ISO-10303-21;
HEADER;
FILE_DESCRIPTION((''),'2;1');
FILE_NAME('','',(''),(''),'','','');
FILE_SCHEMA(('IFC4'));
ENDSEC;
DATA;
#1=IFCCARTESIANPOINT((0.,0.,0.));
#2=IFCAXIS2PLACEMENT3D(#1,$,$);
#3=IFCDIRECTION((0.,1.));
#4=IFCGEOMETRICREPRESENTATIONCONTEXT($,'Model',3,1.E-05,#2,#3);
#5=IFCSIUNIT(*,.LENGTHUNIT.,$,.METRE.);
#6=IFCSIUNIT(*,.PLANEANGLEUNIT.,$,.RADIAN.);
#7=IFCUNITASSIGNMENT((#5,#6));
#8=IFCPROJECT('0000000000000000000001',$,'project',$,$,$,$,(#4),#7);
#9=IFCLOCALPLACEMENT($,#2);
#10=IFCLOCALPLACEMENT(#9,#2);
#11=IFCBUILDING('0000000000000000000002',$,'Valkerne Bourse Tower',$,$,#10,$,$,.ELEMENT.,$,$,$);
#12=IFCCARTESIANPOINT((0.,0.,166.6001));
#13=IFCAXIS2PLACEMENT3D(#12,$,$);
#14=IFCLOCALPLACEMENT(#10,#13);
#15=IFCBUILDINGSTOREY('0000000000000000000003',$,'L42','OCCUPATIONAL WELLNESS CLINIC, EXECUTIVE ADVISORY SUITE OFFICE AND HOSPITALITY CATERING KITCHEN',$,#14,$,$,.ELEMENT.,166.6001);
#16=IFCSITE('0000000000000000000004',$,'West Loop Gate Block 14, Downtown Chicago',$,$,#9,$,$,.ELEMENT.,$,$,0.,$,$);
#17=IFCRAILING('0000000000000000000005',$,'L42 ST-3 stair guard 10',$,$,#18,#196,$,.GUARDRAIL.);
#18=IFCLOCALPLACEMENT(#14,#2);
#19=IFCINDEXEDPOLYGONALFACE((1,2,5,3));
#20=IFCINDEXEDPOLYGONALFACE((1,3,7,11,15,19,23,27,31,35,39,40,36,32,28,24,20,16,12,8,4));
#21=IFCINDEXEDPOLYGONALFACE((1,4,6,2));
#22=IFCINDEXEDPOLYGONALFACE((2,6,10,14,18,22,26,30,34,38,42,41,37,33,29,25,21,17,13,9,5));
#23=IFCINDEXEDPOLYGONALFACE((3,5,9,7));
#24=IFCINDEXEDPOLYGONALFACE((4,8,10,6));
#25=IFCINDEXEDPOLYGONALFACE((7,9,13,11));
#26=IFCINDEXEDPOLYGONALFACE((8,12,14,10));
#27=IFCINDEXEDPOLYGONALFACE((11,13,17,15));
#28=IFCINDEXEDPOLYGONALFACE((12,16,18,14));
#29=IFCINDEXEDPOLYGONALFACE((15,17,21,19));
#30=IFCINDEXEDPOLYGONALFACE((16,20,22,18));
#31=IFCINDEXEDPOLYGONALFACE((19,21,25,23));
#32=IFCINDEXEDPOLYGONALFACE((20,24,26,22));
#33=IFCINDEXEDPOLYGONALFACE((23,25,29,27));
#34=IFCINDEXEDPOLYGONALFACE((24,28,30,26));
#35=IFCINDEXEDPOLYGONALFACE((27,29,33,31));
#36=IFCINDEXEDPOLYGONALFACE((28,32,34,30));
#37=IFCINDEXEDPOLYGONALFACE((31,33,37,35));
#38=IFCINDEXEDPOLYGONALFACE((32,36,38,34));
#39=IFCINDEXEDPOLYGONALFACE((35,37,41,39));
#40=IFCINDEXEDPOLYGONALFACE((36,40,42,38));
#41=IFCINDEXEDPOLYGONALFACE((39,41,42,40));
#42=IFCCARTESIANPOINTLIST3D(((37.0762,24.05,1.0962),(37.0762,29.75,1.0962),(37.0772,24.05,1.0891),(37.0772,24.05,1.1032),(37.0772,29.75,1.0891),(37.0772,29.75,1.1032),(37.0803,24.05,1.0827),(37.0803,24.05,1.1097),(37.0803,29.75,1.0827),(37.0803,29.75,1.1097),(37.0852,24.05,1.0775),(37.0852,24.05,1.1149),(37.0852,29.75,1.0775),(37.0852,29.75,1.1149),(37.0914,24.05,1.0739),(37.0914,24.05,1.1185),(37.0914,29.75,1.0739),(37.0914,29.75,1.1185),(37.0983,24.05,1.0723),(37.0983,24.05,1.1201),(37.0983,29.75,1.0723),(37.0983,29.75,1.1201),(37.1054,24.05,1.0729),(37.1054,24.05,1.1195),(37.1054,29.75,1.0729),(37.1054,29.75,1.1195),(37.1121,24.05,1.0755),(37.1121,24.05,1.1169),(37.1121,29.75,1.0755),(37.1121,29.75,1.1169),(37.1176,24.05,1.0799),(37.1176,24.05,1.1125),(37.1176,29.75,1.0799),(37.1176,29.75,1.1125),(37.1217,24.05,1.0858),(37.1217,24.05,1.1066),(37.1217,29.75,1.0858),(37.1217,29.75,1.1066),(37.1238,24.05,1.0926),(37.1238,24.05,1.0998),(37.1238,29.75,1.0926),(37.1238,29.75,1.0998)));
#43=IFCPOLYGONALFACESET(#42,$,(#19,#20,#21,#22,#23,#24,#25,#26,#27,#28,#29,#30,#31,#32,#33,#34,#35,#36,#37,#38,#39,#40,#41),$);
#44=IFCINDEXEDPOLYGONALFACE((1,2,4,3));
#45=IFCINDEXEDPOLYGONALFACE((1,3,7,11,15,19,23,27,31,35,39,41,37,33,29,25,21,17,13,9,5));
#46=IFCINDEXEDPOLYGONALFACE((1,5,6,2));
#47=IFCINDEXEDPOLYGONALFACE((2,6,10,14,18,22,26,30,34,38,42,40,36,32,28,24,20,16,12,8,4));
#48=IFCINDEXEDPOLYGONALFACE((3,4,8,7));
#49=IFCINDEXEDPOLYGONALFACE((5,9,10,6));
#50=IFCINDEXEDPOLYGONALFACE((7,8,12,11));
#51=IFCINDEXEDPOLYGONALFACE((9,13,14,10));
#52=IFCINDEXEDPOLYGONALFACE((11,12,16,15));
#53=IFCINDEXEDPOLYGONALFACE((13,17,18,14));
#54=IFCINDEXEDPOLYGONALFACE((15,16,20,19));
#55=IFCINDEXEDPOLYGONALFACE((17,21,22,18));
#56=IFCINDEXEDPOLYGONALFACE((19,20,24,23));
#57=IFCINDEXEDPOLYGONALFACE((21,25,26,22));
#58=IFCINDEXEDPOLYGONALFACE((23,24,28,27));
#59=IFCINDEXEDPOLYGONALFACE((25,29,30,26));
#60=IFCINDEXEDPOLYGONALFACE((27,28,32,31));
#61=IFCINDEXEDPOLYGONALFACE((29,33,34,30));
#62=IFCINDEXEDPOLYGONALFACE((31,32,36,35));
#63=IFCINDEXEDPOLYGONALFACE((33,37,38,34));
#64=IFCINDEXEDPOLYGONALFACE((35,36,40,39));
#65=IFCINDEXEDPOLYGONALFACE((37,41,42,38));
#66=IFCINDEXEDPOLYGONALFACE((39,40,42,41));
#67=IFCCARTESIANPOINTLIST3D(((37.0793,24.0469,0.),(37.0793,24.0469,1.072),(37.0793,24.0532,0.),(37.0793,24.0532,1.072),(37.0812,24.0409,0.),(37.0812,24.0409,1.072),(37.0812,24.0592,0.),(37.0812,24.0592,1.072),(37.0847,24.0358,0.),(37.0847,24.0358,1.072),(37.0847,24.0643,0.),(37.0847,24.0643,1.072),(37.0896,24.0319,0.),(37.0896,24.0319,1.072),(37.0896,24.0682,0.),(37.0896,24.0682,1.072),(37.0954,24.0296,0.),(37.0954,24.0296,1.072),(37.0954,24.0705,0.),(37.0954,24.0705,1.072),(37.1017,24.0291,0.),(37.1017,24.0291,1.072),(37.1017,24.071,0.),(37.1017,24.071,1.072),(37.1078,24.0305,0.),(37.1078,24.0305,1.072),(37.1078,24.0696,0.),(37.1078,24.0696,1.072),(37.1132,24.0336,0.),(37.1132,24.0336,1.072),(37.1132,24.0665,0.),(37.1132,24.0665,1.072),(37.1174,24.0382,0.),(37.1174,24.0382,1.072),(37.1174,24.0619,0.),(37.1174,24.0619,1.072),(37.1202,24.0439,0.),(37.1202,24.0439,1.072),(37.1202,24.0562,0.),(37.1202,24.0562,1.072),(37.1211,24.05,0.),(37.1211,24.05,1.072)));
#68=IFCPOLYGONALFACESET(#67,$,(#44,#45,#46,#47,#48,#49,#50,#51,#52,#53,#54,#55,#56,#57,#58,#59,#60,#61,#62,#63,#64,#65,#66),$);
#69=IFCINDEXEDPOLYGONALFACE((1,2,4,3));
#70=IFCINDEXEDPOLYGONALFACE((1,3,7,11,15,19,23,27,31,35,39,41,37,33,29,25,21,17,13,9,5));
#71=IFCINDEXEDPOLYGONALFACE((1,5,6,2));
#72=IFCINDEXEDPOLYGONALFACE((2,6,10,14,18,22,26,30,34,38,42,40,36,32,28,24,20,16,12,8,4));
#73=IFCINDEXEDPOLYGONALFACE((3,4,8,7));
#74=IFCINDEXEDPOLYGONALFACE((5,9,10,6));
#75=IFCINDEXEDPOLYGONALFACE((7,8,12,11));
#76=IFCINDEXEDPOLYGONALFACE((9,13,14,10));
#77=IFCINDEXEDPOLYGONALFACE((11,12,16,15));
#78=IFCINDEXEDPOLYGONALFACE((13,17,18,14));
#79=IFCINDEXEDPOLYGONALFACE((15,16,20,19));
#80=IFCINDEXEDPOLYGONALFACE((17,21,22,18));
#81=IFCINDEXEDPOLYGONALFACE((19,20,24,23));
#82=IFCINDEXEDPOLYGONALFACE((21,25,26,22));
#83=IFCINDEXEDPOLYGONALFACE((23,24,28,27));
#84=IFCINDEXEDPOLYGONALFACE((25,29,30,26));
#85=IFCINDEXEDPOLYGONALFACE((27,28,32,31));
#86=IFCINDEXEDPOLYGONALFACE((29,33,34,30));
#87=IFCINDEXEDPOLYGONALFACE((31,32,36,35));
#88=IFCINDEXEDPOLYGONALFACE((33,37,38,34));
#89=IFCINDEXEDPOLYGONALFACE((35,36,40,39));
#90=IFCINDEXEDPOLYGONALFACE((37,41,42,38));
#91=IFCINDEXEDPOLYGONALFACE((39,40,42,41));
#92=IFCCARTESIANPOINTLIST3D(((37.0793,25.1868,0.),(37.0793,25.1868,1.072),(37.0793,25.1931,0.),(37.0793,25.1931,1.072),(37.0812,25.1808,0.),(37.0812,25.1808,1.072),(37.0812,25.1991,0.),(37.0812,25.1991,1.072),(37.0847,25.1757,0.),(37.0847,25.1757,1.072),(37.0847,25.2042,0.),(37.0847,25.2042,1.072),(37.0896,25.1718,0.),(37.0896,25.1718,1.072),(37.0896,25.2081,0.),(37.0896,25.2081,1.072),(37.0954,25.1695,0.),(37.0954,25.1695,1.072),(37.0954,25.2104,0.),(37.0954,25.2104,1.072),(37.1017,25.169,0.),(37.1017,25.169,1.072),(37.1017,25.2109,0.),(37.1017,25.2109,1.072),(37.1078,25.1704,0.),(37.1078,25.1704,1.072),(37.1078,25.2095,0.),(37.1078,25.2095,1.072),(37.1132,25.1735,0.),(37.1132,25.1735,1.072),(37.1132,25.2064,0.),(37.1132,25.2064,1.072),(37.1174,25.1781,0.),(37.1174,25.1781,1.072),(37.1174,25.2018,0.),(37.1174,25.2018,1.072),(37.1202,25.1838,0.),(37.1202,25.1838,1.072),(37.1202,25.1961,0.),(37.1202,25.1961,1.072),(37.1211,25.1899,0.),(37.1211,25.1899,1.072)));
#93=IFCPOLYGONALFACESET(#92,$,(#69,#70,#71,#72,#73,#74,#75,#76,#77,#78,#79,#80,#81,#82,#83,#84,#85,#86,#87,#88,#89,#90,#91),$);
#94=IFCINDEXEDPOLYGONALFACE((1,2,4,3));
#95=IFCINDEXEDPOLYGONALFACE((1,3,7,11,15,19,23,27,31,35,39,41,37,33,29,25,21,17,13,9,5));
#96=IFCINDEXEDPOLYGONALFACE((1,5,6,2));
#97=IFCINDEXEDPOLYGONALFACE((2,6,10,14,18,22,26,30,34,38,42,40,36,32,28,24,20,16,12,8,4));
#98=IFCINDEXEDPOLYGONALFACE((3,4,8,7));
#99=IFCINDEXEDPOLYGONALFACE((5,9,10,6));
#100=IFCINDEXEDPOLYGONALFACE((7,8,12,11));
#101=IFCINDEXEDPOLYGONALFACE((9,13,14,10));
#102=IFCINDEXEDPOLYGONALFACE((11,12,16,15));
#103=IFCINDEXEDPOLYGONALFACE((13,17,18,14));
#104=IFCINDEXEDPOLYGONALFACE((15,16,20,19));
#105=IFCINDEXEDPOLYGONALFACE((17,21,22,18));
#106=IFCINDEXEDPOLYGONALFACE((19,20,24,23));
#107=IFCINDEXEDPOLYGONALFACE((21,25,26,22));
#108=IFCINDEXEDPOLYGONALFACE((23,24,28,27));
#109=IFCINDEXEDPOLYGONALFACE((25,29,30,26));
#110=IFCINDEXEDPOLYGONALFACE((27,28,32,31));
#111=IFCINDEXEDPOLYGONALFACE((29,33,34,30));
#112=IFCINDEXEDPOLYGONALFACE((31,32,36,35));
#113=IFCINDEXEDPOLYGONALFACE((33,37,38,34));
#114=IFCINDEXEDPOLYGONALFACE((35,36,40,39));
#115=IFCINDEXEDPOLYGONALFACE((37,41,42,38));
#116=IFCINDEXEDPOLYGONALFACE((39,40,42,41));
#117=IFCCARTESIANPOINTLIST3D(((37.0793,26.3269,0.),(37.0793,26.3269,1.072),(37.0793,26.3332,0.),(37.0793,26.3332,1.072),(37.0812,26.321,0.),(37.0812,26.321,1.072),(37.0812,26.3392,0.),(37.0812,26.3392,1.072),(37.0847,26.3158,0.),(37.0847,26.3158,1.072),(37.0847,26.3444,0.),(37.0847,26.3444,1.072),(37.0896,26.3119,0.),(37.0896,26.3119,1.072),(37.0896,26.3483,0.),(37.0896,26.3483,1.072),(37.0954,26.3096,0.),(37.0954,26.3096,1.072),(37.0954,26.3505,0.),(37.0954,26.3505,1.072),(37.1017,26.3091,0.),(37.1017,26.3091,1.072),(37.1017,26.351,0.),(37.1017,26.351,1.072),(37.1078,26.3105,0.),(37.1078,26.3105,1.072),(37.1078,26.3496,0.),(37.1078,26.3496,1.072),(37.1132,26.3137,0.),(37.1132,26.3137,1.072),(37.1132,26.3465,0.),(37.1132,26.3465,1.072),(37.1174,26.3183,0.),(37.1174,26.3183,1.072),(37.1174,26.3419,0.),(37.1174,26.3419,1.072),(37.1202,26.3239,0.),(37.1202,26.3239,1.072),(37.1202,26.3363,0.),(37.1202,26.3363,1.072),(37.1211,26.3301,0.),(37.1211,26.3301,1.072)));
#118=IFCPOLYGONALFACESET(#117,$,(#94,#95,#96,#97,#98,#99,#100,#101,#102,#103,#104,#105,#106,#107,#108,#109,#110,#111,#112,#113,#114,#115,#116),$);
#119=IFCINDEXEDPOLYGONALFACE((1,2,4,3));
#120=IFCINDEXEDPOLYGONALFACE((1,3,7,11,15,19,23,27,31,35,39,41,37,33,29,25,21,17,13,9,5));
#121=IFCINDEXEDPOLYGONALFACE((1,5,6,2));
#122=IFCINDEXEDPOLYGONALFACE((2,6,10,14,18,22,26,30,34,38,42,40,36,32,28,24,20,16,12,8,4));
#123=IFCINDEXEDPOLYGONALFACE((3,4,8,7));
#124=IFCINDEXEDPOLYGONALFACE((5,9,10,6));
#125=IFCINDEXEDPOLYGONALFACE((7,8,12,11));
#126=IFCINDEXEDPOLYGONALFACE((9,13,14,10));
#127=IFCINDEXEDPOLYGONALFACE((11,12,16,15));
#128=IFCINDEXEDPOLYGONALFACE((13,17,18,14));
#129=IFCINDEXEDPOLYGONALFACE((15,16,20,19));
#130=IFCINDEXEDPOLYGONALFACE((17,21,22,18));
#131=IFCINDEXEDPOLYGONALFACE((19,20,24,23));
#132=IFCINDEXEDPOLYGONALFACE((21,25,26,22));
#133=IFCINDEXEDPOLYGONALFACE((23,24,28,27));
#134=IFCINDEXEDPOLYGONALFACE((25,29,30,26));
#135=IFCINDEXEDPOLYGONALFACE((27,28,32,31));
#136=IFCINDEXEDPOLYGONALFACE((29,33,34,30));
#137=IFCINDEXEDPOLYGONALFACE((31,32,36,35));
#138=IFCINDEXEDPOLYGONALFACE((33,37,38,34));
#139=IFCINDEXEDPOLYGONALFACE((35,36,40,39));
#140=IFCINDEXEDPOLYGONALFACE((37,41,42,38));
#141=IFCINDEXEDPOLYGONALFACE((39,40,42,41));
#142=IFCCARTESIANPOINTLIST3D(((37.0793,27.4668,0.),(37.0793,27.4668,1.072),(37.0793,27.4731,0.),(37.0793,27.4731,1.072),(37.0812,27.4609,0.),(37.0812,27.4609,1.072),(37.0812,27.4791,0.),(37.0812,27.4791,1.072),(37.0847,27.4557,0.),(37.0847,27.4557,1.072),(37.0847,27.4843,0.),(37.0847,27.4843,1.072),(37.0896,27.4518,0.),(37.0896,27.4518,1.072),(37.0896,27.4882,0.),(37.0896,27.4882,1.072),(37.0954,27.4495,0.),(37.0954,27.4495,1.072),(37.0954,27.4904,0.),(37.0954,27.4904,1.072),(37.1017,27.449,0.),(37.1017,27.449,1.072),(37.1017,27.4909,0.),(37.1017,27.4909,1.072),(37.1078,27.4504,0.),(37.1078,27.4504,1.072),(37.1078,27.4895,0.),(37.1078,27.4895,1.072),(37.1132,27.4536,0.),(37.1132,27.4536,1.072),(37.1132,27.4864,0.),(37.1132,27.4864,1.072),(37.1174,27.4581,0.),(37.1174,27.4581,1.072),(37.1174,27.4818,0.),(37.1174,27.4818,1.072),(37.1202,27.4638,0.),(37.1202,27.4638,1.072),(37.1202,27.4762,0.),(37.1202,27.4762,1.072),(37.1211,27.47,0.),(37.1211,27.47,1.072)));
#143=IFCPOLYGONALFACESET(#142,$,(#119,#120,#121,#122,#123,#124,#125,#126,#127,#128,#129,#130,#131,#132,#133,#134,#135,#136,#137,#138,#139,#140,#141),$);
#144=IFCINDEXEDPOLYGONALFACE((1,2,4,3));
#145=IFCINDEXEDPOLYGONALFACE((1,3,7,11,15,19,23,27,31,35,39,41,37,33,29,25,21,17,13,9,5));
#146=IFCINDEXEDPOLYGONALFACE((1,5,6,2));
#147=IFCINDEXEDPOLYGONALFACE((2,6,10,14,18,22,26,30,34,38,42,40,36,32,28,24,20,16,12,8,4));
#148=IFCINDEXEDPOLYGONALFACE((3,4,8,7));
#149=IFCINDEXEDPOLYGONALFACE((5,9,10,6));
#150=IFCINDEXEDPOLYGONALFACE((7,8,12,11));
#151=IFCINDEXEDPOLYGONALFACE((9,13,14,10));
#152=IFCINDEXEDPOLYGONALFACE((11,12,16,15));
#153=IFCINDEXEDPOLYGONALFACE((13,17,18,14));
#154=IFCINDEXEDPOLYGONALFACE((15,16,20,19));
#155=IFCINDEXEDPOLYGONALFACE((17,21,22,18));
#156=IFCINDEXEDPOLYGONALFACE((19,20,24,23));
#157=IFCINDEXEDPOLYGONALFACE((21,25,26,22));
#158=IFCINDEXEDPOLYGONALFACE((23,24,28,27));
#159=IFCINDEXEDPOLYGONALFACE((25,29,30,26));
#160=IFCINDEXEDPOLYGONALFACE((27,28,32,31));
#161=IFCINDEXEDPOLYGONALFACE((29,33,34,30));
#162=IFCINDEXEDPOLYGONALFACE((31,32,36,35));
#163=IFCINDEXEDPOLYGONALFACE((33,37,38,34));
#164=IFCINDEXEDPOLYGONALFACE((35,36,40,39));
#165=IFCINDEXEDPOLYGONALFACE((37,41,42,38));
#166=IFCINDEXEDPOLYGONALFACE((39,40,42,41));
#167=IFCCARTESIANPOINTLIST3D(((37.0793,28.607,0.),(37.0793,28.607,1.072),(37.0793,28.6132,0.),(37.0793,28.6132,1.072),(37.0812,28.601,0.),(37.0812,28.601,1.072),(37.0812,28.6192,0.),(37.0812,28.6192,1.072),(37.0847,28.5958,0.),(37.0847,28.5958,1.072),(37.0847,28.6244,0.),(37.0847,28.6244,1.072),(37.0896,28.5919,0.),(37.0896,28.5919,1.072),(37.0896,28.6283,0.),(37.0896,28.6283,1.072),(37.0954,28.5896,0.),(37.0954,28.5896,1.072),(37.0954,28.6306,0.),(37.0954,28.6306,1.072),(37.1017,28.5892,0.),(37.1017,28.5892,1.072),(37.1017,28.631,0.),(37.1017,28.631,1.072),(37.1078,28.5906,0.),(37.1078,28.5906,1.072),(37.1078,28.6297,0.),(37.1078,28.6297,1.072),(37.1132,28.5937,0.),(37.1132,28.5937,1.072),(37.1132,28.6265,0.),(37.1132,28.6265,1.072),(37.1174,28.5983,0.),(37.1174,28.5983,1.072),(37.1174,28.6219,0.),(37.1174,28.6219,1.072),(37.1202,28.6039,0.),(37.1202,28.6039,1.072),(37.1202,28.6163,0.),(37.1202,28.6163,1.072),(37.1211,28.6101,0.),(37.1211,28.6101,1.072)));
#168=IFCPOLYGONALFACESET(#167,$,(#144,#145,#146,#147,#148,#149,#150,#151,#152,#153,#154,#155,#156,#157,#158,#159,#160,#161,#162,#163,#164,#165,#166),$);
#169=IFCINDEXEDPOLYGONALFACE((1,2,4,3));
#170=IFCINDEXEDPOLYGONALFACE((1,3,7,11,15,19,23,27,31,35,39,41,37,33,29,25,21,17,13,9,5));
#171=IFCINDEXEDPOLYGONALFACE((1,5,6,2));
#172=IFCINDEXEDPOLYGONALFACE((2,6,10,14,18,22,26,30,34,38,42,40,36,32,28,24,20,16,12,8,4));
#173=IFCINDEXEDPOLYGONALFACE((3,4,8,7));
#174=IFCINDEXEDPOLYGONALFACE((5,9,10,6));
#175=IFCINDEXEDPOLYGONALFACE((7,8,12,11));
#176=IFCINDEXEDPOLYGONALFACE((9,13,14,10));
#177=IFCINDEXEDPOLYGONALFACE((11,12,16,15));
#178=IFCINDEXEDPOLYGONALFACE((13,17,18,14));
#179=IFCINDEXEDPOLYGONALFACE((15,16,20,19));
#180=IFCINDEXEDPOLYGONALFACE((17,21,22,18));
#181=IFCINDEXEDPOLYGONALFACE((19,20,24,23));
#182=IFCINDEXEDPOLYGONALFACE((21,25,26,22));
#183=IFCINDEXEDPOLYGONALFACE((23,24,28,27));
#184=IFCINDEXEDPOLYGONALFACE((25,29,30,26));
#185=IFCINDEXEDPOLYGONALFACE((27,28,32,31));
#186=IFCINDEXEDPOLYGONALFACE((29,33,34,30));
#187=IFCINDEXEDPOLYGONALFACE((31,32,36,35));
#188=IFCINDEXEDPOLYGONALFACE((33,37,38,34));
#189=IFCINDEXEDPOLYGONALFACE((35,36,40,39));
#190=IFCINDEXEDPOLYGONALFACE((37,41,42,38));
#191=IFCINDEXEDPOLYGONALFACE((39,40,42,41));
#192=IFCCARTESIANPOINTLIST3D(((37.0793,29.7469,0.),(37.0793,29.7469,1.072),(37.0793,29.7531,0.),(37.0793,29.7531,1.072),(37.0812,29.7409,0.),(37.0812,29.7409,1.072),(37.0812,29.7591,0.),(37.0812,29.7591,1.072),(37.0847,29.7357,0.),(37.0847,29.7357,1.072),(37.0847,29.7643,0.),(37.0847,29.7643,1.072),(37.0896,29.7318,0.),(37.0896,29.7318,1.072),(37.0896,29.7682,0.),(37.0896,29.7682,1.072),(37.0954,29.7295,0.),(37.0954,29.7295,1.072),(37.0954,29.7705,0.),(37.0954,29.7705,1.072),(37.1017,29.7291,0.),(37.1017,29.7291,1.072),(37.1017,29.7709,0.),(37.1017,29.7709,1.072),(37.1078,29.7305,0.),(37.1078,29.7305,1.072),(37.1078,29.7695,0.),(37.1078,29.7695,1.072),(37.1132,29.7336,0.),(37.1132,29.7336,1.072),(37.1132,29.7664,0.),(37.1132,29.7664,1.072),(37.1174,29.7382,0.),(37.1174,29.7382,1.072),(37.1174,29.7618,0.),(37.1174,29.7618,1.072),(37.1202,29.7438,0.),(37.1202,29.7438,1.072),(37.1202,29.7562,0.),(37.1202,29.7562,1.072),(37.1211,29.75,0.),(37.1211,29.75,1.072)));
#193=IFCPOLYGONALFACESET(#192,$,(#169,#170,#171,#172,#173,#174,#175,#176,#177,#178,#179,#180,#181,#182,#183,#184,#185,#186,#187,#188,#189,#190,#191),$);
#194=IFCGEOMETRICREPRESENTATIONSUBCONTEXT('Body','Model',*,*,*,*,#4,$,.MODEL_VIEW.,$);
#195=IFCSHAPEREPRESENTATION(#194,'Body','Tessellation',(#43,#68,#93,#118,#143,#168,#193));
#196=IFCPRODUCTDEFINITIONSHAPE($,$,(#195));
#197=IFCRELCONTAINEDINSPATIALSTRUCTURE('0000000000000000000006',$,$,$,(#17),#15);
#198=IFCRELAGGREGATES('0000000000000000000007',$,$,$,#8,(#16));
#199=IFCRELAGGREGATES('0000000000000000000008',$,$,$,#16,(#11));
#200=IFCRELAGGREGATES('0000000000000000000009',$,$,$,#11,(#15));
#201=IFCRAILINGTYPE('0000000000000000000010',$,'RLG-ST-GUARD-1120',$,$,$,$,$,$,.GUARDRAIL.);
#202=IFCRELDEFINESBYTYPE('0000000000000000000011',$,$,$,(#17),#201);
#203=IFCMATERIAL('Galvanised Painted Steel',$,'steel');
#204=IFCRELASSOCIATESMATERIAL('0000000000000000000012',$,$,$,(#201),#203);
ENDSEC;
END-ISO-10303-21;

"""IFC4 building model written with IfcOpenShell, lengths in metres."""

from ifc_helpers import new_model, si_unit, direction, frame, origin, origin_2d, place, context, subcontext, project, spatial, circle, extrude, material, type_object, element, save


model = new_model("IFC4")

# Units and contexts
model_context = context("Model", 3, precision=1e-05, world=origin(), true_north=direction((0.0, 1.0)))
body_context = subcontext(model_context, "Body", "Model", "MODEL_VIEW")
ifc_project = project(units=[si_unit("LENGTHUNIT", "METRE"), si_unit("PLANEANGLEUNIT", "RADIAN")], contexts=[model_context])

# Site, building, storey
site_placement = place(None, origin())
site = spatial("IfcSite", under=ifc_project, at=site_placement, Name="West Loop Gate Block 14, Downtown Chicago", CompositionType="ELEMENT", RefElevation=0.0)
building_placement = place(site_placement, origin())
building = spatial("IfcBuilding", under=site, at=building_placement, Name="Valkerne Bourse Tower", CompositionType="ELEMENT")
storey_placement = place(building_placement, frame((0.0, 0.0, 166.6001)))
storey = spatial("IfcBuildingStorey", under=building, at=storey_placement, Name="L42", Description="OCCUPATIONAL WELLNESS CLINIC, EXECUTIVE ADVISORY SUITE OFFICE AND HOSPITALITY CATERING KITCHEN", CompositionType="ELEMENT", Elevation=166.6001)

# Railing
ifc_material_1 = material(Name="Galvanised Painted Steel", Category="steel")
railing_type_1 = type_object("IfcRailingType", Name="RLG-ST-GUARD-1120", PredefinedType="GUARDRAIL", material=ifc_material_1)
for number, where, name in (
    (1, (37.1001, 24.05, 0.0), "L42 ST-3 stair guard 10"),
):
    element("IfcRailing", number, at=place(storey_placement, frame(where)), inside=storey, type_object=railing_type_1, Name=name, PredefinedType="GUARDRAIL", context=body_context, shape_type="SweptSolid", body=[
        extrude(circle(Radius=0.0239, at=origin_2d()), frame((0.0, 0.0, 1.0962), z_axis=(0.0, 1.0, 0.0), x_axis=(-1.0, 0.0, 0.0)), (0.0, 0.0, 1.0), 5.7),
        extrude(circle(Radius=0.021, at=origin_2d()), origin(), (0.0, 0.0, 1.0), 1.072),
        extrude(circle(Radius=0.021, at=origin_2d()), frame((0.0, 1.1399, 0.0)), (0.0, 0.0, 1.0), 1.072),
        extrude(circle(Radius=0.021, at=origin_2d()), frame((0.0, 2.28, 0.0)), (0.0, 0.0, 1.0), 1.072),
        extrude(circle(Radius=0.021, at=origin_2d()), frame((0.0, 3.4199, 0.0)), (0.0, 0.0, 1.0), 1.072),
        extrude(circle(Radius=0.021, at=origin_2d()), frame((0.0, 4.5601, 0.0)), (0.0, 0.0, 1.0), 1.072),
        extrude(circle(Radius=0.021, at=origin_2d()), frame((0.0, 5.7, 0.0)), (0.0, 0.0, 1.0), 1.072),
    ])

save(model, "model.ifc")
